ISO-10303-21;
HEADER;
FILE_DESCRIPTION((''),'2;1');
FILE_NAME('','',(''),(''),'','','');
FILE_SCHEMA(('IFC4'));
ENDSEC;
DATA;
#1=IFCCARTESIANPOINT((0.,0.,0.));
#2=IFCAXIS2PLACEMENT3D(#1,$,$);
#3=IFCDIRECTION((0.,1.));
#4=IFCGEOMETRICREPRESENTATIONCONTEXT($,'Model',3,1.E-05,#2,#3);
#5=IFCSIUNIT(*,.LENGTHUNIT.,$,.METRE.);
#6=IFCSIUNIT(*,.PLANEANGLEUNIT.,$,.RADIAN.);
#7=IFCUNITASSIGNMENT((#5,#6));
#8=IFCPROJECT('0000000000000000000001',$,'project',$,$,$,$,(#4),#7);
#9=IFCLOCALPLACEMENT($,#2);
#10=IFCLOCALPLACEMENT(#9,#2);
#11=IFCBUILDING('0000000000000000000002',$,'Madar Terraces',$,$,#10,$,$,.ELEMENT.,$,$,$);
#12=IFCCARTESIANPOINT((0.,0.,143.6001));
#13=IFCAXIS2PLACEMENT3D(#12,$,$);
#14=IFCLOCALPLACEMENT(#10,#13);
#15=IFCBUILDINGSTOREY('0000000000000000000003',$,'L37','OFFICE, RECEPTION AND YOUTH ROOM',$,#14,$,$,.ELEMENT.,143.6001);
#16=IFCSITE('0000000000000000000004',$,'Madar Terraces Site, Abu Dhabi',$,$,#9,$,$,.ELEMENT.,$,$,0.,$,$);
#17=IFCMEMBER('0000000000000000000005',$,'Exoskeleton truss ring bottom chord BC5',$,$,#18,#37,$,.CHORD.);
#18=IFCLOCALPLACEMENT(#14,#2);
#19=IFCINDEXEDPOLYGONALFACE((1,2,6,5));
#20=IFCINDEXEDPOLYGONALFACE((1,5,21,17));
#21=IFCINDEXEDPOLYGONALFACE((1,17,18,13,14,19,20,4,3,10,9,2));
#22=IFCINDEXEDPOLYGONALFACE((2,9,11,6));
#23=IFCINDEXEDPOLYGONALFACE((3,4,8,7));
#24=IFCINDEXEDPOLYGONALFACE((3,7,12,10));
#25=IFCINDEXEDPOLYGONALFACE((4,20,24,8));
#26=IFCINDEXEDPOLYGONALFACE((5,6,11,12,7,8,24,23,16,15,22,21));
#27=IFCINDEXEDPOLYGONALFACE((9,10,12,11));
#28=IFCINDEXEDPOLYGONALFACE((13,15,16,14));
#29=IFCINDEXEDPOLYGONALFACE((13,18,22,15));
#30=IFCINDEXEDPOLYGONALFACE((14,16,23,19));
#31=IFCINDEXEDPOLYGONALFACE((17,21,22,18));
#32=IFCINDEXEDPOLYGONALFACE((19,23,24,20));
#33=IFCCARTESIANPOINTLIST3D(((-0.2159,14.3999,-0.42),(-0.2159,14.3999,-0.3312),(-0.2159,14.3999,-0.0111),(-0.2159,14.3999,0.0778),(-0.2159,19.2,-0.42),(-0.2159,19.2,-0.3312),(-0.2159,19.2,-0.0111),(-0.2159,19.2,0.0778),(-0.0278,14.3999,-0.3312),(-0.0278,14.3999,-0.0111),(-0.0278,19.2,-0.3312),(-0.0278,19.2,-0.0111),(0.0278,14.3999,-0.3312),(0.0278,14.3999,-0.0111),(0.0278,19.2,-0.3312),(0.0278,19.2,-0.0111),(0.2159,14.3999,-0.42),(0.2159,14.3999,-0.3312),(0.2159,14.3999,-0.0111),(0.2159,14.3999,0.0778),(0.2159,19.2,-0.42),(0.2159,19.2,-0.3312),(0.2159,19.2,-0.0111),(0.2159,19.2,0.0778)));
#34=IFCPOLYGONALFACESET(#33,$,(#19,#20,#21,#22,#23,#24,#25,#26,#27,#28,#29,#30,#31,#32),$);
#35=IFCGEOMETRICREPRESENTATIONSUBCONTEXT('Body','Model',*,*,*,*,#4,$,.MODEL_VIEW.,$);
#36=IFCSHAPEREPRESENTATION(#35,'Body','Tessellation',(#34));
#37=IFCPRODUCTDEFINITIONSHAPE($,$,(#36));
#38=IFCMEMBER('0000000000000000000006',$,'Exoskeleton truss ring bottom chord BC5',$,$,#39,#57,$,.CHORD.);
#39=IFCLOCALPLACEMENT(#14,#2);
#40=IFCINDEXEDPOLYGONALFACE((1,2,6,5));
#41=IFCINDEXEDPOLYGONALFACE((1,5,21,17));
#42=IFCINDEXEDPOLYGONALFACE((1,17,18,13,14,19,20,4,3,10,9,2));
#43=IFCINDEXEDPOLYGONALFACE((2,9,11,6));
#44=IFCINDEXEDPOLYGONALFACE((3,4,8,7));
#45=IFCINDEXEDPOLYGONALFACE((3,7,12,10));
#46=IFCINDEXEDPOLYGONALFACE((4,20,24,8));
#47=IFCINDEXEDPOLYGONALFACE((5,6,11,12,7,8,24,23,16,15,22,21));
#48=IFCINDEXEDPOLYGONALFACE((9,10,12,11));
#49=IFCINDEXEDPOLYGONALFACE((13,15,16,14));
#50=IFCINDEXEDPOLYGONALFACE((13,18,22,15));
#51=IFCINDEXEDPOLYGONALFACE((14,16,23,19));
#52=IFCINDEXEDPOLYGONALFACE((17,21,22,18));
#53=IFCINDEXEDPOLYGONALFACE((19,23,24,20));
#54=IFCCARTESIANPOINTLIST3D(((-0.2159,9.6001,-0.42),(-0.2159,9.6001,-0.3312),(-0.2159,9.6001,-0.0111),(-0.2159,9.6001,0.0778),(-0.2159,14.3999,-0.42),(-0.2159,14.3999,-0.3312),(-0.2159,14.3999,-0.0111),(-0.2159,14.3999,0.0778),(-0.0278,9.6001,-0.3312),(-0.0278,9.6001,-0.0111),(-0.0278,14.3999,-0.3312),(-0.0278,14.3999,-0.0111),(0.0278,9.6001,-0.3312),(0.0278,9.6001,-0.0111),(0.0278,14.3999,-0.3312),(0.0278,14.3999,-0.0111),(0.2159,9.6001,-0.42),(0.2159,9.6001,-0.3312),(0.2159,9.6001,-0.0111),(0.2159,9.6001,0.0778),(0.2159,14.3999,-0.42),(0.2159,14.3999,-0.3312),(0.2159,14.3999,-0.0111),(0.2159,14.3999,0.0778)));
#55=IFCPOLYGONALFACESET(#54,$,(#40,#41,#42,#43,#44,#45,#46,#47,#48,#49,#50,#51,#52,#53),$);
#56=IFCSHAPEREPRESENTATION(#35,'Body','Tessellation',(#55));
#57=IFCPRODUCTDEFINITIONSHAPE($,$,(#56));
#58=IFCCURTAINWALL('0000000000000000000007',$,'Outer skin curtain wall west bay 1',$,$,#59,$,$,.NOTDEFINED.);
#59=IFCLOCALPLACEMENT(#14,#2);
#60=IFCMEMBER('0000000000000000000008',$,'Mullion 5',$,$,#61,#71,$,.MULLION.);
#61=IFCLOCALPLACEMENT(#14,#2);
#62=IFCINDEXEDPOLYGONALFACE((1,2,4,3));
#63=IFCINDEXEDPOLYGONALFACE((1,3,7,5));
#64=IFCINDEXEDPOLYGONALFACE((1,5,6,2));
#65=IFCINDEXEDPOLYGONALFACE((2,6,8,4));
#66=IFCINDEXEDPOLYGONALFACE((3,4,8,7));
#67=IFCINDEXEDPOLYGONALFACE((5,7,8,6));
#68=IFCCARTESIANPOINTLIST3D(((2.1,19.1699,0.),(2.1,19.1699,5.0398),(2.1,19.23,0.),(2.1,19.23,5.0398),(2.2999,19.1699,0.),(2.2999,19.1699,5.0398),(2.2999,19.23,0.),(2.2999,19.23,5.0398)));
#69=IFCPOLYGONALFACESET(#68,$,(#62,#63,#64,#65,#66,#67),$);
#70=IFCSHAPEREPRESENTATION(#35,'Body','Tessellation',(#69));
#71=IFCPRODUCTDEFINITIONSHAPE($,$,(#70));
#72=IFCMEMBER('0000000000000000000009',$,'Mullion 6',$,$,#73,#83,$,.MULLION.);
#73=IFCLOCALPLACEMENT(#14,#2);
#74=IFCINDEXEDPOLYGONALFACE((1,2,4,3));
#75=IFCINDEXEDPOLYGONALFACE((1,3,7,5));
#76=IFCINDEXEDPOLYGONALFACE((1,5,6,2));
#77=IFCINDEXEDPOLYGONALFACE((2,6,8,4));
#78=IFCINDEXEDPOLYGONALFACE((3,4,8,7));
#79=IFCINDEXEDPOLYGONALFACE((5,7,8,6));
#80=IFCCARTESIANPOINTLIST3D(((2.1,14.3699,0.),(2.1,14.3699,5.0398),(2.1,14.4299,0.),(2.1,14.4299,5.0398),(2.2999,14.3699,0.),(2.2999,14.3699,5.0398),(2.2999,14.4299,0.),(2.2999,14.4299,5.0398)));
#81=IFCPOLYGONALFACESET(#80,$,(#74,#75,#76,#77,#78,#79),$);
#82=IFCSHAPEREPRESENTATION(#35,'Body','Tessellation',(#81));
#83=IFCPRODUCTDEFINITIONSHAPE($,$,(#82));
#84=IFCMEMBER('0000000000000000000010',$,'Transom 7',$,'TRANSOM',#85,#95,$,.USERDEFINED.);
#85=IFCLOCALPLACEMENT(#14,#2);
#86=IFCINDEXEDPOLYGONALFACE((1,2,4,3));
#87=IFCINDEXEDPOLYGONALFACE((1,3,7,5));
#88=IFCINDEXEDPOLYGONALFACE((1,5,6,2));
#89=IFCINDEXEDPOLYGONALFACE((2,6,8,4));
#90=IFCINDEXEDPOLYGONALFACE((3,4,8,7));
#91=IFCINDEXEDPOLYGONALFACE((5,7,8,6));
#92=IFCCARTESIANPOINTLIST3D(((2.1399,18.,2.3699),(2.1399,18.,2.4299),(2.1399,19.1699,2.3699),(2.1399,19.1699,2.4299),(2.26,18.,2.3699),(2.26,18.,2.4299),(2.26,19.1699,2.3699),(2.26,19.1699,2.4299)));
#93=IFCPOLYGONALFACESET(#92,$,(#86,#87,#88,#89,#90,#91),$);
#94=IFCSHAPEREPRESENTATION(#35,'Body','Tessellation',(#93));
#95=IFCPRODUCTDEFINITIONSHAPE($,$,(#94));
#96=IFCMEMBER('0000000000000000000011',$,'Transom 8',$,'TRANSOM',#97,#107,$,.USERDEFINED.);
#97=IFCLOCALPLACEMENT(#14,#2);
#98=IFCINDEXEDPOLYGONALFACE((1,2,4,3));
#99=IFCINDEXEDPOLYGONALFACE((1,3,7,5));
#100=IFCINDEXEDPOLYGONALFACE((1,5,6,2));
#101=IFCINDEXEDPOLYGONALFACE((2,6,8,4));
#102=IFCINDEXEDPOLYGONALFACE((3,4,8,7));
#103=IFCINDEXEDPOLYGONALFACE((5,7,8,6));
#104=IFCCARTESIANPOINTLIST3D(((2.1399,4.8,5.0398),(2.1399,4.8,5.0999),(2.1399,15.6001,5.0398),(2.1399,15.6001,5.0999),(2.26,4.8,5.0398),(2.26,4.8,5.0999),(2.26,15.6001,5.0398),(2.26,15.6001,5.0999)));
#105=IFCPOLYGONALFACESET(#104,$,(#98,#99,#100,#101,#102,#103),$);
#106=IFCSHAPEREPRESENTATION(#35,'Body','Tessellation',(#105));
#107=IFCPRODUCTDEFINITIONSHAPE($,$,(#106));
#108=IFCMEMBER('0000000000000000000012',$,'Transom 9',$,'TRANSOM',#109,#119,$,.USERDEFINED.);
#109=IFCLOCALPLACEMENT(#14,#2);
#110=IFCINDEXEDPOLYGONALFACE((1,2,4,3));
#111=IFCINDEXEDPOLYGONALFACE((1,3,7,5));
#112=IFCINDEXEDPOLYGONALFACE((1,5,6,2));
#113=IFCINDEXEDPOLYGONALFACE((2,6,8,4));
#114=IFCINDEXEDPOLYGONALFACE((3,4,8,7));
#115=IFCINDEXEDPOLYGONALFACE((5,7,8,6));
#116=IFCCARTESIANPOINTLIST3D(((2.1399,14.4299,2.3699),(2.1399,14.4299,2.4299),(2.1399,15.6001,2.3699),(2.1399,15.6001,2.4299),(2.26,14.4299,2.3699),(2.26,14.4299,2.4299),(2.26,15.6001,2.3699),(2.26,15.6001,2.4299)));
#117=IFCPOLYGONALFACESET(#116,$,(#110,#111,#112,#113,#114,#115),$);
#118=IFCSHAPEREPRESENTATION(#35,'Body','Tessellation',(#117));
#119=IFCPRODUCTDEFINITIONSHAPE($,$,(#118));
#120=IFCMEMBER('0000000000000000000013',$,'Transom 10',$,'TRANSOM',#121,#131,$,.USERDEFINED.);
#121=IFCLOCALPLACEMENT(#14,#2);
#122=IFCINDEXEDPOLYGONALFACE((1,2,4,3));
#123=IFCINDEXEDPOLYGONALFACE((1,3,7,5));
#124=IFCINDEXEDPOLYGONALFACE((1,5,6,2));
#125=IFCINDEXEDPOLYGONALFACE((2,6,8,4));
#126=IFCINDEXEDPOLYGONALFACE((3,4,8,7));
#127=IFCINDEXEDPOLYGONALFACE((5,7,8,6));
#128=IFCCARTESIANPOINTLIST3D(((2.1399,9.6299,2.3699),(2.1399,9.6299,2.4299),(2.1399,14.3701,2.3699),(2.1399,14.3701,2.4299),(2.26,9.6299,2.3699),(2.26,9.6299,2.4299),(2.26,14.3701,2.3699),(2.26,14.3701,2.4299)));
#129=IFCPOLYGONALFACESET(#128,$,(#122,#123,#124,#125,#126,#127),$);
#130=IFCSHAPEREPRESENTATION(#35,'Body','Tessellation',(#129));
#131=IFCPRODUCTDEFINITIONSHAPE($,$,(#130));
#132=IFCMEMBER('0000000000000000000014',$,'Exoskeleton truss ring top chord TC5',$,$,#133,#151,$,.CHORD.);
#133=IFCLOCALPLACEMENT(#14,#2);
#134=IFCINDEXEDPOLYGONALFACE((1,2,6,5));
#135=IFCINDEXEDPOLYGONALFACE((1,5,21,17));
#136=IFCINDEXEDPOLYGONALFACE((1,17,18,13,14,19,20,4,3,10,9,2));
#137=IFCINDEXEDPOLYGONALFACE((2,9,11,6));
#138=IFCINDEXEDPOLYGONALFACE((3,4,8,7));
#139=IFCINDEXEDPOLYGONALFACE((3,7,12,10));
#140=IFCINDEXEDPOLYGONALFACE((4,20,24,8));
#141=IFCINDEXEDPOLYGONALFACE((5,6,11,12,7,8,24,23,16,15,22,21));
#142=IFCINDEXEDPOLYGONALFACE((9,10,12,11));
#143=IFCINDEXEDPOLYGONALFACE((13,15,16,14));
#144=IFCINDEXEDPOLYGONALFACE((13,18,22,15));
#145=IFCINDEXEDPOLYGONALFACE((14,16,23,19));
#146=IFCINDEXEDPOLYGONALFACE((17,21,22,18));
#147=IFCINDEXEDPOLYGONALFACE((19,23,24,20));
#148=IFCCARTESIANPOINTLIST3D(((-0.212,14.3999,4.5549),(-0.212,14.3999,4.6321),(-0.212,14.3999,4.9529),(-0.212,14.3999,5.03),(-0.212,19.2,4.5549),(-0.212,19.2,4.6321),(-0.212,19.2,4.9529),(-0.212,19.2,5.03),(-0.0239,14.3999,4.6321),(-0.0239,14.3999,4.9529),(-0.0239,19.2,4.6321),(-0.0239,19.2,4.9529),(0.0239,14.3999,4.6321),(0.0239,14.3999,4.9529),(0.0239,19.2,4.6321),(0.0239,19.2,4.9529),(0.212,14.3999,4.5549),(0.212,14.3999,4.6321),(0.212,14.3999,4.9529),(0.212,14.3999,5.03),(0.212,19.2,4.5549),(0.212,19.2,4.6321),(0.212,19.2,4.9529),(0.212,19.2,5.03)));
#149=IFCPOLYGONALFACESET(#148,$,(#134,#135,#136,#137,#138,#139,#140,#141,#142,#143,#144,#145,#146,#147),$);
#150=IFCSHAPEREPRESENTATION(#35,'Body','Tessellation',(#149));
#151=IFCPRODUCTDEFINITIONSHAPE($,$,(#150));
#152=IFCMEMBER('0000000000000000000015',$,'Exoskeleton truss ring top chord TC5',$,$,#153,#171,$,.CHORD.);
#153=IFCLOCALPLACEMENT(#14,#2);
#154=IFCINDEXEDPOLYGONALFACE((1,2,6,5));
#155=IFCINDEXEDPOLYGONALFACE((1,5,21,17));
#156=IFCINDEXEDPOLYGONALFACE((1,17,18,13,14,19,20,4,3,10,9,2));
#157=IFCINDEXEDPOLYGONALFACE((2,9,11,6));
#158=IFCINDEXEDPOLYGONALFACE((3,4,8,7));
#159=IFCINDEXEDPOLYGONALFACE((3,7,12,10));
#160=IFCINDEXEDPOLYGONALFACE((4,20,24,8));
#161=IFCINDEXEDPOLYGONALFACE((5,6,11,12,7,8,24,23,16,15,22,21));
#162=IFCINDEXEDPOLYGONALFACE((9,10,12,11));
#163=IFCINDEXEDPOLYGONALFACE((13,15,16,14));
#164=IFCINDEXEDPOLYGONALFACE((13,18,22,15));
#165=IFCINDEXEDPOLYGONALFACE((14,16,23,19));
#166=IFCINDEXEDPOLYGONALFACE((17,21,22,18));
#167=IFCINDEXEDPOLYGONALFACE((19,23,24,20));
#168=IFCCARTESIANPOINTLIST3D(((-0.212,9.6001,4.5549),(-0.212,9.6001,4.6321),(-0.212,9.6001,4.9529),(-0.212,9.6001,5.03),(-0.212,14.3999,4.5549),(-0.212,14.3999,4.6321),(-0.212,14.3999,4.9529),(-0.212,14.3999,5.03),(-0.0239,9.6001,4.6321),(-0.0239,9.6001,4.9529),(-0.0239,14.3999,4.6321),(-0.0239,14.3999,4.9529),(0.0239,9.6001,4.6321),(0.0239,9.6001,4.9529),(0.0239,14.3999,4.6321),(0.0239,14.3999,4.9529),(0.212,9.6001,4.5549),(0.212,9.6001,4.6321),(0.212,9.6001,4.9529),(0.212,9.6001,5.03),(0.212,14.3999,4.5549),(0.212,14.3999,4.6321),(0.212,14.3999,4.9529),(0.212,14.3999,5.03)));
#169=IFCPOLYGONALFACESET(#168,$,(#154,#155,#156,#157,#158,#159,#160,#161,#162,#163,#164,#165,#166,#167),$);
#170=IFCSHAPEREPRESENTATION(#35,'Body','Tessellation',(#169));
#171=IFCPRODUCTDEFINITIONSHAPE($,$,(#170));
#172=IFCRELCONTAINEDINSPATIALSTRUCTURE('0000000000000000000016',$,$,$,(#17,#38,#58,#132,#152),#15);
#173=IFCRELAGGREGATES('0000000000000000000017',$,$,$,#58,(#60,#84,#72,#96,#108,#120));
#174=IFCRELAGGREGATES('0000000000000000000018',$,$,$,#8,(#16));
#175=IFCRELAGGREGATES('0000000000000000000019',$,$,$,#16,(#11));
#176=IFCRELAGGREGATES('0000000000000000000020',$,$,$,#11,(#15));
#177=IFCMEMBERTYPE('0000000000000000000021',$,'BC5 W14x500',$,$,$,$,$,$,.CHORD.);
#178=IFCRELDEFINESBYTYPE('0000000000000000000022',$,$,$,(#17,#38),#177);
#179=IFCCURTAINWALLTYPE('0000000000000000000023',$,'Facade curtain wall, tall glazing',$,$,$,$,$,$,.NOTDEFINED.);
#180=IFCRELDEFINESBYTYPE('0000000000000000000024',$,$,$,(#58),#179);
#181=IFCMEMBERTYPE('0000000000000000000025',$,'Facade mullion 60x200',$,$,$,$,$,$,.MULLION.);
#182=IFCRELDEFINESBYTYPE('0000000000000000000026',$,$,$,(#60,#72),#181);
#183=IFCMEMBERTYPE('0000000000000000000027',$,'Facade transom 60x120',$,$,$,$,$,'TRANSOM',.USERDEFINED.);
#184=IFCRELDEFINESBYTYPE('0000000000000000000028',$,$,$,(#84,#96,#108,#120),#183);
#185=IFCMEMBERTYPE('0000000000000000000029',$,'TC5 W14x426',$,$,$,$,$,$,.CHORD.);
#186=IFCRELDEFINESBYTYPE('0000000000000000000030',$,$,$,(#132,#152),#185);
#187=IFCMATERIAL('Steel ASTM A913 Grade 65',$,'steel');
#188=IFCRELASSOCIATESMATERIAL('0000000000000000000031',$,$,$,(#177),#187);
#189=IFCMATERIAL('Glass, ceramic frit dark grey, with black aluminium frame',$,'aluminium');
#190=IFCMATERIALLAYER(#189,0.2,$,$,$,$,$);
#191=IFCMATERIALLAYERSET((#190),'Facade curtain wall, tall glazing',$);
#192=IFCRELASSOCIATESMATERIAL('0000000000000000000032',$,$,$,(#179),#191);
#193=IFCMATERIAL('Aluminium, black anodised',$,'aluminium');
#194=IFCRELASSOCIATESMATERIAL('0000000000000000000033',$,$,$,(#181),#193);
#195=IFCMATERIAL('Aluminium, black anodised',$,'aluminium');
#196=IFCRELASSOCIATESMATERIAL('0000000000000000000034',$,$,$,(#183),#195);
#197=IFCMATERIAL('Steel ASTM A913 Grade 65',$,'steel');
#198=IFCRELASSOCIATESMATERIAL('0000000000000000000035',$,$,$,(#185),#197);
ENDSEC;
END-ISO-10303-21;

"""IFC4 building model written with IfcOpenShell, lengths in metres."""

from ifc_helpers import new_model, si_unit, direction, frame, origin, origin_2d, place, context, subcontext, project, spatial, rectangle, i_section, extrude, material, layer, layer_set, material_profile, profile_set, type_object, element, aggregate, save


model = new_model("IFC4")

# Units and contexts
model_context = context("Model", 3, precision=1e-05, world=origin(), true_north=direction((0.0, 1.0)))
body_context = subcontext(model_context, "Body", "Model", "MODEL_VIEW")
ifc_project = project(units=[si_unit("LENGTHUNIT", "METRE"), si_unit("PLANEANGLEUNIT", "RADIAN")], contexts=[model_context])

# Site, building, storey
site_placement = place(None, origin())
site = spatial("IfcSite", under=ifc_project, at=site_placement, Name="Madar Terraces Site, Abu Dhabi", CompositionType="ELEMENT", RefElevation=0.0)
building_placement = place(site_placement, origin())
building = spatial("IfcBuilding", under=site, at=building_placement, Name="Madar Terraces", CompositionType="ELEMENT")
storey_placement = place(building_placement, frame((0.0, 0.0, 143.6001)))
storey = spatial("IfcBuildingStorey", under=building, at=storey_placement, Name="L37", Description="OFFICE, RECEPTION AND YOUTH ROOM", CompositionType="ELEMENT", Elevation=143.6001)

# Members
ifc_material_1 = material(Name="Steel ASTM A913 Grade 65", Category="steel")
ifc_material_profile_1 = material_profile(ifc_material_1, i_section(OverallWidth=0.4319, OverallDepth=0.4978, WebThickness=0.0557, FlangeThickness=0.0889, at=origin_2d()), Name="W14x500")
ifc_profile_set_1 = profile_set([ifc_material_profile_1], Name="Steel ASTM A913 Grade 65")
member_type_1 = type_object("IfcMemberType", Name="BC5 W14x500", PredefinedType="CHORD", material=ifc_profile_set_1)
member_1_placement = place(storey_placement, frame((0.0, 19.2, -0.1711), z_axis=(0.0, -1.0, 0.0), x_axis=(1.0, 0.0, 0.0)))
element("IfcMember", 1, at=member_1_placement, inside=storey, type_object=member_type_1, Name="Exoskeleton truss ring bottom chord BC5", PredefinedType="CHORD", context=body_context, shape_type="SweptSolid", body=[
    extrude(i_section(OverallWidth=0.4319, OverallDepth=0.4978, WebThickness=0.0557, FlangeThickness=0.0889, at=origin_2d()), origin(), (0.0, 0.0, 1.0), 4.8),
])
member_2_placement = place(storey_placement, frame((0.0, 14.3999, -0.1711), z_axis=(0.0, -1.0, 0.0), x_axis=(1.0, 0.0, 0.0)))
element("IfcMember", 2, at=member_2_placement, inside=storey, type_object=member_type_1, Name="Exoskeleton truss ring bottom chord BC5", PredefinedType="CHORD", context=body_context, shape_type="SweptSolid", body=[
    extrude(i_section(OverallWidth=0.4319, OverallDepth=0.4978, WebThickness=0.0557, FlangeThickness=0.0889, at=origin_2d()), origin(), (0.0, 0.0, 1.0), 4.7998),
])

# Curtain wall, members
ifc_material_2 = material(Name="Glass, ceramic frit dark grey, with black aluminium frame", Category="aluminium")
ifc_layer_1 = layer(ifc_material_2, 0.2)
ifc_layer_set_1 = layer_set([ifc_layer_1], Name="Facade curtain wall, tall glazing")
curtain_wall_type = type_object("IfcCurtainWallType", Name="Facade curtain wall, tall glazing", PredefinedType="NOTDEFINED", material=ifc_layer_set_1)
curtain_wall_placement = place(storey_placement, origin())
curtain_wall = element("IfcCurtainWall", 3, at=curtain_wall_placement, inside=storey, type_object=curtain_wall_type, Name="Outer skin curtain wall west bay 1", PredefinedType="NOTDEFINED")
ifc_material_3 = material(Name="Aluminium, black anodised", Category="aluminium")
ifc_material_profile_2 = material_profile(ifc_material_3, rectangle(XDim=0.2, YDim=0.0601, at=origin_2d()), Name="Facade mullion 60x200")
ifc_profile_set_2 = profile_set([ifc_material_profile_2], Name="Aluminium, black anodised")
member_type_2 = type_object("IfcMemberType", Name="Facade mullion 60x200", PredefinedType="MULLION", material=ifc_profile_set_2)
member_3_placement = place(storey_placement, frame((2.2, 19.2, 0.0), z_axis=(0.0, 0.0, 1.0), x_axis=(1.0, 0.0, 0.0)))
member_3 = element("IfcMember", 4, at=member_3_placement, type_object=member_type_2, Name="Mullion 5", PredefinedType="MULLION", context=body_context, shape_type="SweptSolid", body=[
    extrude(rectangle(XDim=0.2, YDim=0.0601, at=origin_2d()), origin(), (0.0, 0.0, 1.0), 5.0398),
])
member_4_placement = place(storey_placement, frame((2.2, 14.3999, 0.0), z_axis=(0.0, 0.0, 1.0), x_axis=(1.0, 0.0, 0.0)))
member_4 = element("IfcMember", 5, at=member_4_placement, type_object=member_type_2, Name="Mullion 6", PredefinedType="MULLION", context=body_context, shape_type="SweptSolid", body=[
    extrude(rectangle(XDim=0.2, YDim=0.0601, at=origin_2d()), origin(), (0.0, 0.0, 1.0), 5.0398),
])
ifc_material_4 = material(Name="Aluminium, black anodised", Category="aluminium")
ifc_material_profile_3 = material_profile(ifc_material_4, rectangle(XDim=0.1201, YDim=0.0601, at=origin_2d()), Name="Facade transom 60x120")
ifc_profile_set_3 = profile_set([ifc_material_profile_3], Name="Aluminium, black anodised")
member_type_3 = type_object("IfcMemberType", Name="Facade transom 60x120", ElementType="TRANSOM", PredefinedType="USERDEFINED", material=ifc_profile_set_3)
member_5_placement = place(storey_placement, frame((2.2, 19.1699, 2.3999), z_axis=(0.0, -1.0, 0.0), x_axis=(1.0, 0.0, 0.0)))
member_5 = element("IfcMember", 6, at=member_5_placement, type_object=member_type_3, Name="Transom 7", ObjectType="TRANSOM", PredefinedType="USERDEFINED", context=body_context, shape_type="SweptSolid", body=[
    extrude(rectangle(XDim=0.1201, YDim=0.0601, at=origin_2d()), origin(), (0.0, 0.0, 1.0), 1.1699),
])
member_6_placement = place(storey_placement, frame((2.2, 15.6001, 5.0698), z_axis=(0.0, -1.0, 0.0), x_axis=(1.0, 0.0, 0.0)))
member_6 = element("IfcMember", 7, at=member_6_placement, type_object=member_type_3, Name="Transom 8", ObjectType="TRANSOM", PredefinedType="USERDEFINED", context=body_context, shape_type="SweptSolid", body=[
    extrude(rectangle(XDim=0.1201, YDim=0.0601, at=origin_2d()), origin(), (0.0, 0.0, 1.0), 10.8),
])
member_7_placement = place(storey_placement, frame((2.2, 15.6001, 2.3999), z_axis=(0.0, -1.0, 0.0), x_axis=(1.0, 0.0, 0.0)))
member_7 = element("IfcMember", 8, at=member_7_placement, type_object=member_type_3, Name="Transom 9", ObjectType="TRANSOM", PredefinedType="USERDEFINED", context=body_context, shape_type="SweptSolid", body=[
    extrude(rectangle(XDim=0.1201, YDim=0.0601, at=origin_2d()), origin(), (0.0, 0.0, 1.0), 1.1702),
])
member_8_placement = place(storey_placement, frame((2.2, 14.3701, 2.3999), z_axis=(0.0, -1.0, 0.0), x_axis=(1.0, 0.0, 0.0)))
member_8 = element("IfcMember", 9, at=member_8_placement, type_object=member_type_3, Name="Transom 10", ObjectType="TRANSOM", PredefinedType="USERDEFINED", context=body_context, shape_type="SweptSolid", body=[
    extrude(rectangle(XDim=0.1201, YDim=0.0601, at=origin_2d()), origin(), (0.0, 0.0, 1.0), 4.7402),
])

# Members
ifc_material_5 = material(Name="Steel ASTM A913 Grade 65", Category="steel")
ifc_material_profile_4 = material_profile(ifc_material_5, i_section(OverallWidth=0.4241, OverallDepth=0.4751, WebThickness=0.0479, FlangeThickness=0.0771, at=origin_2d()), Name="W14x426")
ifc_profile_set_4 = profile_set([ifc_material_profile_4], Name="Steel ASTM A913 Grade 65")
member_type_4 = type_object("IfcMemberType", Name="TC5 W14x426", PredefinedType="CHORD", material=ifc_profile_set_4)
member_9_placement = place(storey_placement, frame((0.0, 19.2, 4.7925), z_axis=(0.0, -1.0, 0.0), x_axis=(1.0, 0.0, 0.0)))
element("IfcMember", 10, at=member_9_placement, inside=storey, type_object=member_type_4, Name="Exoskeleton truss ring top chord TC5", PredefinedType="CHORD", context=body_context, shape_type="SweptSolid", body=[
    extrude(i_section(OverallWidth=0.4241, OverallDepth=0.4751, WebThickness=0.0479, FlangeThickness=0.0771, at=origin_2d()), origin(), (0.0, 0.0, 1.0), 4.8),
])
member_10_placement = place(storey_placement, frame((0.0, 14.3999, 4.7925), z_axis=(0.0, -1.0, 0.0), x_axis=(1.0, 0.0, 0.0)))
element("IfcMember", 11, at=member_10_placement, inside=storey, type_object=member_type_4, Name="Exoskeleton truss ring top chord TC5", PredefinedType="CHORD", context=body_context, shape_type="SweptSolid", body=[
    extrude(i_section(OverallWidth=0.4241, OverallDepth=0.4751, WebThickness=0.0479, FlangeThickness=0.0771, at=origin_2d()), origin(), (0.0, 0.0, 1.0), 4.7998),
])

aggregate(curtain_wall, [member_3, member_5, member_4, member_6, member_7, member_8])

save(model, "model.ifc")
